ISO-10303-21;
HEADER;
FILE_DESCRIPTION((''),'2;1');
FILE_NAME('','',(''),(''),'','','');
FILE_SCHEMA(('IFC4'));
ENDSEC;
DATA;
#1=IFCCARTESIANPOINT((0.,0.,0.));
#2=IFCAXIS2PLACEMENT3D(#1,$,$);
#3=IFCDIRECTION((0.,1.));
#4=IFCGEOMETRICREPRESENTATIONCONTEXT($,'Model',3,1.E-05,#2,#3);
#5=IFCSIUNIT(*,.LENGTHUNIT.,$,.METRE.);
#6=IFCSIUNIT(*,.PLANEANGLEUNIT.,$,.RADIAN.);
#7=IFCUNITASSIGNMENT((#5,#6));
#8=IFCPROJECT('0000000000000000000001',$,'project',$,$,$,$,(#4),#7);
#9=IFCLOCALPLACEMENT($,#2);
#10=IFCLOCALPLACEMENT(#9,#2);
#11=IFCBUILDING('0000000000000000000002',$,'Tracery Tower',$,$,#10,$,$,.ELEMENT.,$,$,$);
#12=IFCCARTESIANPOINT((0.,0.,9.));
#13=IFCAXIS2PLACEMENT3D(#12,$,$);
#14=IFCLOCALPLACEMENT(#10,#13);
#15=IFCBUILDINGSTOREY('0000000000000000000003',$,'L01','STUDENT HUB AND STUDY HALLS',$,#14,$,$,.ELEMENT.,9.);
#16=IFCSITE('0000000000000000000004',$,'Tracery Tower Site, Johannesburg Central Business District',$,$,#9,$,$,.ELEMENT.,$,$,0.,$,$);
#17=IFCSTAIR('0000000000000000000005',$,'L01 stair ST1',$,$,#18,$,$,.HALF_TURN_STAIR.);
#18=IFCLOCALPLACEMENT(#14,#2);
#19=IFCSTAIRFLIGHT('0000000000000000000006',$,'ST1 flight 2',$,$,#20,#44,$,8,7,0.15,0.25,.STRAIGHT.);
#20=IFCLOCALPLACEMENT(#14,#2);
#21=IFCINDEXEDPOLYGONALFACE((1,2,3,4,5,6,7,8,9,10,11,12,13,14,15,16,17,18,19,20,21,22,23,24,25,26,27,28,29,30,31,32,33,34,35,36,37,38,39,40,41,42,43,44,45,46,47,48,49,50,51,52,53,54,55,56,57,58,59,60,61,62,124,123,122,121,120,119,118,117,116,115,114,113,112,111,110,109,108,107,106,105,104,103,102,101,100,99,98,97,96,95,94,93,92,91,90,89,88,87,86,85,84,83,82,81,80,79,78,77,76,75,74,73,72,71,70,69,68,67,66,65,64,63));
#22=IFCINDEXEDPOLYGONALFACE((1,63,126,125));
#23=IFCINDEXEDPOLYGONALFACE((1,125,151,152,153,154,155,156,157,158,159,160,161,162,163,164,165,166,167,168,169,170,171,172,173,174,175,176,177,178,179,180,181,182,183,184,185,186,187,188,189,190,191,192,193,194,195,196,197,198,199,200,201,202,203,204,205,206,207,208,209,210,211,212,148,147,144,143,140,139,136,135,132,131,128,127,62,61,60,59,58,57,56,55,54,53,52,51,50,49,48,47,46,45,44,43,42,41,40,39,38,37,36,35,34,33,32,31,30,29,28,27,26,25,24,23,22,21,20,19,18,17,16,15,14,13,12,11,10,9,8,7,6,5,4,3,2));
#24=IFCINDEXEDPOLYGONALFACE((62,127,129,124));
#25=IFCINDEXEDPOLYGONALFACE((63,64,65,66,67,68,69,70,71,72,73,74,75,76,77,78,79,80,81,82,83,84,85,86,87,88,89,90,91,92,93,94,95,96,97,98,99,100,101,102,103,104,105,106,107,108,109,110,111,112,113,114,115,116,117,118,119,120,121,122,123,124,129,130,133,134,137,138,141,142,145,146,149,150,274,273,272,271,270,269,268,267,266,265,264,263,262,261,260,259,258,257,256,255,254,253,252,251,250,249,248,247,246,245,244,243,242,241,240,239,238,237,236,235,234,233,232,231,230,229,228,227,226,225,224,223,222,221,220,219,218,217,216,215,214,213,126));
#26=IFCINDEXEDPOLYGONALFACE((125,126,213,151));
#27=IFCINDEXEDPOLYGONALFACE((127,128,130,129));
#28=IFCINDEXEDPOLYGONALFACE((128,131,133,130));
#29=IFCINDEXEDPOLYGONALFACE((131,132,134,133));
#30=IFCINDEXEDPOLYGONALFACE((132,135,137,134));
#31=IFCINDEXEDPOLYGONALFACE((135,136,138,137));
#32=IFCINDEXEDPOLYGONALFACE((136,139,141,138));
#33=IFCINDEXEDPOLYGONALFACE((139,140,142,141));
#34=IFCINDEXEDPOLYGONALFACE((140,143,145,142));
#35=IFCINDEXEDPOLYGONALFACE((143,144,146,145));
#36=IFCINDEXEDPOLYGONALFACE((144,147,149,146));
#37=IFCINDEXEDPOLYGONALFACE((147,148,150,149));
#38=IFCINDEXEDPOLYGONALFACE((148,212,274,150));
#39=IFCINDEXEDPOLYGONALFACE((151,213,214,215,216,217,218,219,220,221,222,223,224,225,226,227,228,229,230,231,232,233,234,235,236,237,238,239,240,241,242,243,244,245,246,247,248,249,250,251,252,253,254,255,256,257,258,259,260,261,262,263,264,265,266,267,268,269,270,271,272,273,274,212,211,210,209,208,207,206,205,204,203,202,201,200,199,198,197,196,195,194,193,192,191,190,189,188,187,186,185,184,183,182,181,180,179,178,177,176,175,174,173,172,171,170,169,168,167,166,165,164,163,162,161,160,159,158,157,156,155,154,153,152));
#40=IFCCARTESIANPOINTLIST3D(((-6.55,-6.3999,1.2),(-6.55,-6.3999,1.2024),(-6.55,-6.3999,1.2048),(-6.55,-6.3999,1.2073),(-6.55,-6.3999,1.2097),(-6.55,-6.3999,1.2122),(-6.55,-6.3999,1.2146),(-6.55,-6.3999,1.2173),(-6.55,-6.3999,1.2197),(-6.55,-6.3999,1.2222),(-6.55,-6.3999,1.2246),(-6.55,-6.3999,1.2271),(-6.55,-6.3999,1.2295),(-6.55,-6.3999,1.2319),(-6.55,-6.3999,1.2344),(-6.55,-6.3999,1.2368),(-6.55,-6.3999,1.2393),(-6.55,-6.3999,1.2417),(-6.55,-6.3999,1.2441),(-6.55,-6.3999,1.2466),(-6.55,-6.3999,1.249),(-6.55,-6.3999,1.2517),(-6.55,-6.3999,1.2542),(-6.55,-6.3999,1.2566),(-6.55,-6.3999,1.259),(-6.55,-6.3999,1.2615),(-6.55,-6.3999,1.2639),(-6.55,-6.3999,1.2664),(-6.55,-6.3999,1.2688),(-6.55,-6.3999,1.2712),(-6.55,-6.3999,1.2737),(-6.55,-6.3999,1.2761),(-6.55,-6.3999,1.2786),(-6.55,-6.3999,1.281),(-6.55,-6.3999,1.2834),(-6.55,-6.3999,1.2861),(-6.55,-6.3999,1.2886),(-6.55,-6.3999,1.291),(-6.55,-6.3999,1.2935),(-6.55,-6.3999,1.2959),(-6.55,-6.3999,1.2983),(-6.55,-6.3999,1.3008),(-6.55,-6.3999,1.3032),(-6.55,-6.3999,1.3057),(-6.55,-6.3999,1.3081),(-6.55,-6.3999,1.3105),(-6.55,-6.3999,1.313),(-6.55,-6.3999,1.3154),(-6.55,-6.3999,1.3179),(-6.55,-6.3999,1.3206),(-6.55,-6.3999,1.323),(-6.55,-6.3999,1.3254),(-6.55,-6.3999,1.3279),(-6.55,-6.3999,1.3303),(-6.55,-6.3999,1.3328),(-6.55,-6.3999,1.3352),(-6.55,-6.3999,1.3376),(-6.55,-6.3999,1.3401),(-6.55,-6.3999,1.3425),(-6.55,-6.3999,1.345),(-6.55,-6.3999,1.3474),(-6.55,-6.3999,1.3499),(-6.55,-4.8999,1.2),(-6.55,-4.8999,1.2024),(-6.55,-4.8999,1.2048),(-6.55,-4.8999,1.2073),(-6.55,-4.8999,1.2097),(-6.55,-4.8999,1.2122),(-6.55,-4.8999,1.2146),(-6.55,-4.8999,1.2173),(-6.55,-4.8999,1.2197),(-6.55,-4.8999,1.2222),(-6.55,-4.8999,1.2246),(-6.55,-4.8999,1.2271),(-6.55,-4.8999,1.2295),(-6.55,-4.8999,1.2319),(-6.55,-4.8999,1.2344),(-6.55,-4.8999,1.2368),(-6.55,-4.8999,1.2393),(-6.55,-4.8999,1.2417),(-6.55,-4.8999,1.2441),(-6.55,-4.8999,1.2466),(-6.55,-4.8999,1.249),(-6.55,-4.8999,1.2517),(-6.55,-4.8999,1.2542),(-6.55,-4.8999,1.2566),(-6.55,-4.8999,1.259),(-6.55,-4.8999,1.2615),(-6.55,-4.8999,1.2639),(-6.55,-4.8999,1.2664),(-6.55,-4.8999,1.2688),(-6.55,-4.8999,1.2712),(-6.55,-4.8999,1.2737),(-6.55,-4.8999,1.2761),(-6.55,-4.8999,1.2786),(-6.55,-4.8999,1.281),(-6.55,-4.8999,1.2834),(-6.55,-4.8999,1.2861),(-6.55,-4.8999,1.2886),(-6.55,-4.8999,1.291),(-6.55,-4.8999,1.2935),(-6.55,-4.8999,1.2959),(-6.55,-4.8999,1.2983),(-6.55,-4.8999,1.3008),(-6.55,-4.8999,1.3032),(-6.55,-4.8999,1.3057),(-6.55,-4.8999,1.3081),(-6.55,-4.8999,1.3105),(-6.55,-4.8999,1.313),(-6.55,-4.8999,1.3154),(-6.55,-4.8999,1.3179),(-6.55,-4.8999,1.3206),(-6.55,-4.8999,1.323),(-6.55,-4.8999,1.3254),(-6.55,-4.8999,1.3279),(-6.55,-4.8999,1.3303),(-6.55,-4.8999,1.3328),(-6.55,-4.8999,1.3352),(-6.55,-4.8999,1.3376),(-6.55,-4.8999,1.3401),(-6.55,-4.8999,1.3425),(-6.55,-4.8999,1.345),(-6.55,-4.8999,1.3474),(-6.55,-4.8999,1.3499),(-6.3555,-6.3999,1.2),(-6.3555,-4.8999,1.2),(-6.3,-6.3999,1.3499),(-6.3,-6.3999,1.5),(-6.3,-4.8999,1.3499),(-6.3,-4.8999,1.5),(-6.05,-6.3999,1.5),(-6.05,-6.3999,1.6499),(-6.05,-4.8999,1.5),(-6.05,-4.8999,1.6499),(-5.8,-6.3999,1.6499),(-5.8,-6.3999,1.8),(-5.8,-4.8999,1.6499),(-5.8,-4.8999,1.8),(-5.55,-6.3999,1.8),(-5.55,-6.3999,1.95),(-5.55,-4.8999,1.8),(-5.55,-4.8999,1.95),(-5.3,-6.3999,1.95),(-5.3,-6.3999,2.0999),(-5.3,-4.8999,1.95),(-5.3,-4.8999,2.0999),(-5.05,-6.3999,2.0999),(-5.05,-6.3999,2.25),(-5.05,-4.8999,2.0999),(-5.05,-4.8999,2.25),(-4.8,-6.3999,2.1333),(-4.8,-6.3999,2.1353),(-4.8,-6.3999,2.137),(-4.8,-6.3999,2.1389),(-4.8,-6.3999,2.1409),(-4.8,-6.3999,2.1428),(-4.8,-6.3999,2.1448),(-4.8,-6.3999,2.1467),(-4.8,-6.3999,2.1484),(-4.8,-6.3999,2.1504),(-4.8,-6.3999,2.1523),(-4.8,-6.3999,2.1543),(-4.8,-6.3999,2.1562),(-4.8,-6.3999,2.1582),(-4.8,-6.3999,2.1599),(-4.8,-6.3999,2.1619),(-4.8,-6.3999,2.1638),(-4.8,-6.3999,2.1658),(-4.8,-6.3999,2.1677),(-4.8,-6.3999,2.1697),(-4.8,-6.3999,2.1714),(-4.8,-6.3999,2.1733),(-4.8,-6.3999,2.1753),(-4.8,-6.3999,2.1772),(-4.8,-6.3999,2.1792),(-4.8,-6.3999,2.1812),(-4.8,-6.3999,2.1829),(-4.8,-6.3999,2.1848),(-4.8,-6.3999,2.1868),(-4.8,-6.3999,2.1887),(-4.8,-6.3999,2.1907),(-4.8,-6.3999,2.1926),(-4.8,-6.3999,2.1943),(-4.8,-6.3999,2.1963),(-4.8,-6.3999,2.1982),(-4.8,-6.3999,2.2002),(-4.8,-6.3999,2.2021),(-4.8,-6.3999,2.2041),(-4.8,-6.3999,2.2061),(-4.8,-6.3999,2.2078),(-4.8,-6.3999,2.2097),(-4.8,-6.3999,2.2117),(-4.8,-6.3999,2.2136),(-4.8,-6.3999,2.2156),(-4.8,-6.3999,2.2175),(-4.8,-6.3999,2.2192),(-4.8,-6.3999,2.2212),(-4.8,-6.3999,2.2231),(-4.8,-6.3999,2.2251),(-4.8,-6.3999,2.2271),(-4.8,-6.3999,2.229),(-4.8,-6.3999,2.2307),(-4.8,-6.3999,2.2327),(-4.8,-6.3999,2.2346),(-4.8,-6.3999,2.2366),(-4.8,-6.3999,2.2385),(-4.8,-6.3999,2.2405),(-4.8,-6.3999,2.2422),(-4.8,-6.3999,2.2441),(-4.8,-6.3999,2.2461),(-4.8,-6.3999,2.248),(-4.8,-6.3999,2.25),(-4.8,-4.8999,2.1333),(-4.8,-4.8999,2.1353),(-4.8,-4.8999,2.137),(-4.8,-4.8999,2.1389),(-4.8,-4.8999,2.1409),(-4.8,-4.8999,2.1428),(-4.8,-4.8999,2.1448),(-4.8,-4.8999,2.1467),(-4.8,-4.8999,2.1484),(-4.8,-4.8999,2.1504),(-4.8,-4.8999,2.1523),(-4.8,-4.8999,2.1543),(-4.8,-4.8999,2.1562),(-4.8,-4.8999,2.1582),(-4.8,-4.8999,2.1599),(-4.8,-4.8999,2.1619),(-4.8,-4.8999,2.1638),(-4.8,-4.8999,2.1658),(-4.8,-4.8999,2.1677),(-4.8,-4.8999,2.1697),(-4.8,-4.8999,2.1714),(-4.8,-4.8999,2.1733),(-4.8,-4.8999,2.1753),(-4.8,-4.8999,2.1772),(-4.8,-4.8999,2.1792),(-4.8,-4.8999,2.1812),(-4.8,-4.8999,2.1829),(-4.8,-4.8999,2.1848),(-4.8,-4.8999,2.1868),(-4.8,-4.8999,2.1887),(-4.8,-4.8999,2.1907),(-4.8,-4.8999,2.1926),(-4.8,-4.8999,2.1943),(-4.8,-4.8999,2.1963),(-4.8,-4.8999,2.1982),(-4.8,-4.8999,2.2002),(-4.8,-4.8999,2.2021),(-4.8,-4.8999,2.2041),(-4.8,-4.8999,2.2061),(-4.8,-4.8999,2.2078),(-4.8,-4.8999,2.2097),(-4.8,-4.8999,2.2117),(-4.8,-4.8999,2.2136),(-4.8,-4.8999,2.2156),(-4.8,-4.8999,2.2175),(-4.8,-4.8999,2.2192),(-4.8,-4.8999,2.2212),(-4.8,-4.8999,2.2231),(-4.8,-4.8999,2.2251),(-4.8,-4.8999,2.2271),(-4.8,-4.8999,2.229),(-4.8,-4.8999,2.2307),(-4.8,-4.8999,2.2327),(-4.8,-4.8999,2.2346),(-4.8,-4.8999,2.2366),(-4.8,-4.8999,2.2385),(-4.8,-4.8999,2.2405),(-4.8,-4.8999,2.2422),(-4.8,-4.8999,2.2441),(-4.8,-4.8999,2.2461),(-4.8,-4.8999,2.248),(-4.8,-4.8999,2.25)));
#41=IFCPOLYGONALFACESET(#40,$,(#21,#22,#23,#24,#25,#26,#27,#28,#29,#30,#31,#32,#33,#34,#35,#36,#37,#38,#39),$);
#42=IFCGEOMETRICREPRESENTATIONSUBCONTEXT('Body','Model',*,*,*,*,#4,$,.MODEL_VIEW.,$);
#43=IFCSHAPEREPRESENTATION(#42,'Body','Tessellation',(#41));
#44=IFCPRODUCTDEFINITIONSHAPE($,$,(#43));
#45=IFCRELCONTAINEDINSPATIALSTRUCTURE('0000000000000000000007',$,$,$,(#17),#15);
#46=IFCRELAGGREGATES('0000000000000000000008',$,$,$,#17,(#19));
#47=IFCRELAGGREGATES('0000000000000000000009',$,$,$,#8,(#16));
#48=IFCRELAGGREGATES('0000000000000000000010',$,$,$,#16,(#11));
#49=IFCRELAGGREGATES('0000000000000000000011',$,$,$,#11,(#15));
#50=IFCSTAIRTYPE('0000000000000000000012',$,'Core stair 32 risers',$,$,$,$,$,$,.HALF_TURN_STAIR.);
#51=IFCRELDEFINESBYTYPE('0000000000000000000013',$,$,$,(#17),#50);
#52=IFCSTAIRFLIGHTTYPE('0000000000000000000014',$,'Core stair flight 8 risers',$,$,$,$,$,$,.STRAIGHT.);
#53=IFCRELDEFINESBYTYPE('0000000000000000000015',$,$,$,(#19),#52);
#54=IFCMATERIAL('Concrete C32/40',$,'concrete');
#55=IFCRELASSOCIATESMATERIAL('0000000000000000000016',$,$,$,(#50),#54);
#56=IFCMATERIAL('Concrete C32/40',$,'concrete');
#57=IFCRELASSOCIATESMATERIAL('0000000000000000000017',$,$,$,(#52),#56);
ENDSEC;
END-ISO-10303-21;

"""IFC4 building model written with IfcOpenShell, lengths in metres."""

from ifc_helpers import new_model, si_unit, direction, frame, origin, place, context, subcontext, project, spatial, polyline, outline, extrude, material, type_object, element, aggregate, save


model = new_model("IFC4")

# Units and contexts
model_context = context("Model", 3, precision=1e-05, world=origin(), true_north=direction((0.0, 1.0)))
body_context = subcontext(model_context, "Body", "Model", "MODEL_VIEW")
ifc_project = project(units=[si_unit("LENGTHUNIT", "METRE"), si_unit("PLANEANGLEUNIT", "RADIAN")], contexts=[model_context])

# Site, building, storey
site_placement = place(None, origin())
site = spatial("IfcSite", under=ifc_project, at=site_placement, Name="Tracery Tower Site, Johannesburg Central Business District", CompositionType="ELEMENT", RefElevation=0.0)
building_placement = place(site_placement, origin())
building = spatial("IfcBuilding", under=site, at=building_placement, Name="Tracery Tower", CompositionType="ELEMENT")
storey_placement = place(building_placement, frame((0.0, 0.0, 9.0)))
storey = spatial("IfcBuildingStorey", under=building, at=storey_placement, Name="L01", Description="STUDENT HUB AND STUDY HALLS", CompositionType="ELEMENT", Elevation=9.0)

# Stair, stair flight
ifc_material_1 = material(Name="Concrete C32/40", Category="concrete")
stair_type = type_object("IfcStairType", Name="Core stair 32 risers", PredefinedType="HALF_TURN_STAIR", material=ifc_material_1)
stair_placement = place(storey_placement, origin())
stair = element("IfcStair", 1, at=stair_placement, inside=storey, type_object=stair_type, Name="L01 stair ST1", PredefinedType="HALF_TURN_STAIR")
ifc_material_2 = material(Name="Concrete C32/40", Category="concrete")
stair_flight_type = type_object("IfcStairFlightType", Name="Core stair flight 8 risers", PredefinedType="STRAIGHT", material=ifc_material_2)
stair_flight_1_placement = place(storey_placement, frame((-6.55, -5.6499, 1.2), z_axis=(0.0, 0.0, 1.0), x_axis=(1.0, 0.0, 0.0)))
stair_flight_1 = element("IfcStairFlight", 2, at=stair_flight_1_placement, type_object=stair_flight_type, Name="ST1 flight 2", NumberOfRisers=8, NumberOfTreads=7, PredefinedType="STRAIGHT", RiserHeight=0.15, TreadLength=0.25, context=body_context, shape_type="SweptSolid", body=[
    extrude(outline(polyline([(0.0, 0.0), (0.0, 0.0024), (0.0, 0.0049), (0.0, 0.0073), (0.0, 0.0098), (0.0, 0.0122), (0.0, 0.0146), (0.0, 0.0173), (0.0, 0.0198), (0.0, 0.0222), (0.0, 0.0247), (0.0, 0.0271), (0.0, 0.0295), (0.0, 0.032), (0.0, 0.0344), (0.0, 0.0369), (0.0, 0.0393), (0.0, 0.0417), (0.0, 0.0442), (0.0, 0.0466), (0.0, 0.0491), (0.0, 0.0518), (0.0, 0.0542), (0.0, 0.0566), (0.0, 0.0591), (0.0, 0.0615), (0.0, 0.064), (0.0, 0.0664), (0.0, 0.0688), (0.0, 0.0713), (0.0, 0.0737), (0.0, 0.0762), (0.0, 0.0786), (0.0, 0.0811), (0.0, 0.0835), (0.0, 0.0862), (0.0, 0.0886), (0.0, 0.0911), (0.0, 0.0935), (0.0, 0.0959), (0.0, 0.0984), (0.0, 0.1008), (0.0, 0.1033), (0.0, 0.1057), (0.0, 0.1082), (0.0, 0.1106), (0.0, 0.113), (0.0, 0.1155), (0.0, 0.1179), (0.0, 0.1206), (0.0, 0.123), (0.0, 0.1255), (0.0, 0.1279), (0.0, 0.1304), (0.0, 0.1328), (0.0, 0.1353), (0.0, 0.1377), (0.0, 0.1401), (0.0, 0.1426), (0.0, 0.145), (0.0, 0.1475), (0.0, 0.1499), (0.25, 0.1499), (0.25, 0.3), (0.5, 0.3), (0.5, 0.45), (0.75, 0.45), (0.75, 0.6001), (1.0, 0.6001), (1.0, 0.75), (1.25, 0.75), (1.25, 0.8999), (1.5, 0.8999), (1.5, 1.05), (1.75, 1.05), (1.75, 1.0481), (1.75, 1.0461), (1.75, 1.0442), (1.75, 1.0422), (1.75, 1.0405), (1.75, 1.0386), (1.75, 1.0366), (1.75, 1.0347), (1.75, 1.0327), (1.75, 1.0308), (1.75, 1.0291), (1.75, 1.0271), (1.75, 1.0251), (1.75, 1.0232), (1.75, 1.0212), (1.75, 1.0193), (1.75, 1.0176), (1.75, 1.0156), (1.75, 1.0137), (1.75, 1.0117), (1.75, 1.0098), (1.75, 1.0078), (1.75, 1.0061), (1.75, 1.0042), (1.75, 1.0022), (1.75, 1.0002), (1.75, 0.9983), (1.75, 0.9963), (1.75, 0.9944), (1.75, 0.9927), (1.75, 0.9907), (1.75, 0.9888), (1.75, 0.9868), (1.75, 0.9849), (1.75, 0.9829), (1.75, 0.9812), (1.75, 0.9792), (1.75, 0.9773), (1.75, 0.9753), (1.75, 0.9734), (1.75, 0.9714), (1.75, 0.9697), (1.75, 0.9678), (1.75, 0.9658), (1.75, 0.9639), (1.75, 0.9619), (1.75, 0.96), (1.75, 0.9583), (1.75, 0.9563), (1.75, 0.9543), (1.75, 0.9524), (1.75, 0.9504), (1.75, 0.9485), (1.75, 0.9468), (1.75, 0.9448), (1.75, 0.9429), (1.75, 0.9409), (1.75, 0.939), (1.75, 0.937), (1.75, 0.9353), (1.75, 0.9333), (0.1946, 0.0), (0.0, 0.0)])), frame((0.0, 0.75, 0.0), z_axis=(0.0, -1.0, 0.0), x_axis=(1.0, 0.0, 0.0)), (0.0, 0.0, 1.0), 1.5),
])
aggregate(stair, [stair_flight_1])

save(model, "model.ifc")
